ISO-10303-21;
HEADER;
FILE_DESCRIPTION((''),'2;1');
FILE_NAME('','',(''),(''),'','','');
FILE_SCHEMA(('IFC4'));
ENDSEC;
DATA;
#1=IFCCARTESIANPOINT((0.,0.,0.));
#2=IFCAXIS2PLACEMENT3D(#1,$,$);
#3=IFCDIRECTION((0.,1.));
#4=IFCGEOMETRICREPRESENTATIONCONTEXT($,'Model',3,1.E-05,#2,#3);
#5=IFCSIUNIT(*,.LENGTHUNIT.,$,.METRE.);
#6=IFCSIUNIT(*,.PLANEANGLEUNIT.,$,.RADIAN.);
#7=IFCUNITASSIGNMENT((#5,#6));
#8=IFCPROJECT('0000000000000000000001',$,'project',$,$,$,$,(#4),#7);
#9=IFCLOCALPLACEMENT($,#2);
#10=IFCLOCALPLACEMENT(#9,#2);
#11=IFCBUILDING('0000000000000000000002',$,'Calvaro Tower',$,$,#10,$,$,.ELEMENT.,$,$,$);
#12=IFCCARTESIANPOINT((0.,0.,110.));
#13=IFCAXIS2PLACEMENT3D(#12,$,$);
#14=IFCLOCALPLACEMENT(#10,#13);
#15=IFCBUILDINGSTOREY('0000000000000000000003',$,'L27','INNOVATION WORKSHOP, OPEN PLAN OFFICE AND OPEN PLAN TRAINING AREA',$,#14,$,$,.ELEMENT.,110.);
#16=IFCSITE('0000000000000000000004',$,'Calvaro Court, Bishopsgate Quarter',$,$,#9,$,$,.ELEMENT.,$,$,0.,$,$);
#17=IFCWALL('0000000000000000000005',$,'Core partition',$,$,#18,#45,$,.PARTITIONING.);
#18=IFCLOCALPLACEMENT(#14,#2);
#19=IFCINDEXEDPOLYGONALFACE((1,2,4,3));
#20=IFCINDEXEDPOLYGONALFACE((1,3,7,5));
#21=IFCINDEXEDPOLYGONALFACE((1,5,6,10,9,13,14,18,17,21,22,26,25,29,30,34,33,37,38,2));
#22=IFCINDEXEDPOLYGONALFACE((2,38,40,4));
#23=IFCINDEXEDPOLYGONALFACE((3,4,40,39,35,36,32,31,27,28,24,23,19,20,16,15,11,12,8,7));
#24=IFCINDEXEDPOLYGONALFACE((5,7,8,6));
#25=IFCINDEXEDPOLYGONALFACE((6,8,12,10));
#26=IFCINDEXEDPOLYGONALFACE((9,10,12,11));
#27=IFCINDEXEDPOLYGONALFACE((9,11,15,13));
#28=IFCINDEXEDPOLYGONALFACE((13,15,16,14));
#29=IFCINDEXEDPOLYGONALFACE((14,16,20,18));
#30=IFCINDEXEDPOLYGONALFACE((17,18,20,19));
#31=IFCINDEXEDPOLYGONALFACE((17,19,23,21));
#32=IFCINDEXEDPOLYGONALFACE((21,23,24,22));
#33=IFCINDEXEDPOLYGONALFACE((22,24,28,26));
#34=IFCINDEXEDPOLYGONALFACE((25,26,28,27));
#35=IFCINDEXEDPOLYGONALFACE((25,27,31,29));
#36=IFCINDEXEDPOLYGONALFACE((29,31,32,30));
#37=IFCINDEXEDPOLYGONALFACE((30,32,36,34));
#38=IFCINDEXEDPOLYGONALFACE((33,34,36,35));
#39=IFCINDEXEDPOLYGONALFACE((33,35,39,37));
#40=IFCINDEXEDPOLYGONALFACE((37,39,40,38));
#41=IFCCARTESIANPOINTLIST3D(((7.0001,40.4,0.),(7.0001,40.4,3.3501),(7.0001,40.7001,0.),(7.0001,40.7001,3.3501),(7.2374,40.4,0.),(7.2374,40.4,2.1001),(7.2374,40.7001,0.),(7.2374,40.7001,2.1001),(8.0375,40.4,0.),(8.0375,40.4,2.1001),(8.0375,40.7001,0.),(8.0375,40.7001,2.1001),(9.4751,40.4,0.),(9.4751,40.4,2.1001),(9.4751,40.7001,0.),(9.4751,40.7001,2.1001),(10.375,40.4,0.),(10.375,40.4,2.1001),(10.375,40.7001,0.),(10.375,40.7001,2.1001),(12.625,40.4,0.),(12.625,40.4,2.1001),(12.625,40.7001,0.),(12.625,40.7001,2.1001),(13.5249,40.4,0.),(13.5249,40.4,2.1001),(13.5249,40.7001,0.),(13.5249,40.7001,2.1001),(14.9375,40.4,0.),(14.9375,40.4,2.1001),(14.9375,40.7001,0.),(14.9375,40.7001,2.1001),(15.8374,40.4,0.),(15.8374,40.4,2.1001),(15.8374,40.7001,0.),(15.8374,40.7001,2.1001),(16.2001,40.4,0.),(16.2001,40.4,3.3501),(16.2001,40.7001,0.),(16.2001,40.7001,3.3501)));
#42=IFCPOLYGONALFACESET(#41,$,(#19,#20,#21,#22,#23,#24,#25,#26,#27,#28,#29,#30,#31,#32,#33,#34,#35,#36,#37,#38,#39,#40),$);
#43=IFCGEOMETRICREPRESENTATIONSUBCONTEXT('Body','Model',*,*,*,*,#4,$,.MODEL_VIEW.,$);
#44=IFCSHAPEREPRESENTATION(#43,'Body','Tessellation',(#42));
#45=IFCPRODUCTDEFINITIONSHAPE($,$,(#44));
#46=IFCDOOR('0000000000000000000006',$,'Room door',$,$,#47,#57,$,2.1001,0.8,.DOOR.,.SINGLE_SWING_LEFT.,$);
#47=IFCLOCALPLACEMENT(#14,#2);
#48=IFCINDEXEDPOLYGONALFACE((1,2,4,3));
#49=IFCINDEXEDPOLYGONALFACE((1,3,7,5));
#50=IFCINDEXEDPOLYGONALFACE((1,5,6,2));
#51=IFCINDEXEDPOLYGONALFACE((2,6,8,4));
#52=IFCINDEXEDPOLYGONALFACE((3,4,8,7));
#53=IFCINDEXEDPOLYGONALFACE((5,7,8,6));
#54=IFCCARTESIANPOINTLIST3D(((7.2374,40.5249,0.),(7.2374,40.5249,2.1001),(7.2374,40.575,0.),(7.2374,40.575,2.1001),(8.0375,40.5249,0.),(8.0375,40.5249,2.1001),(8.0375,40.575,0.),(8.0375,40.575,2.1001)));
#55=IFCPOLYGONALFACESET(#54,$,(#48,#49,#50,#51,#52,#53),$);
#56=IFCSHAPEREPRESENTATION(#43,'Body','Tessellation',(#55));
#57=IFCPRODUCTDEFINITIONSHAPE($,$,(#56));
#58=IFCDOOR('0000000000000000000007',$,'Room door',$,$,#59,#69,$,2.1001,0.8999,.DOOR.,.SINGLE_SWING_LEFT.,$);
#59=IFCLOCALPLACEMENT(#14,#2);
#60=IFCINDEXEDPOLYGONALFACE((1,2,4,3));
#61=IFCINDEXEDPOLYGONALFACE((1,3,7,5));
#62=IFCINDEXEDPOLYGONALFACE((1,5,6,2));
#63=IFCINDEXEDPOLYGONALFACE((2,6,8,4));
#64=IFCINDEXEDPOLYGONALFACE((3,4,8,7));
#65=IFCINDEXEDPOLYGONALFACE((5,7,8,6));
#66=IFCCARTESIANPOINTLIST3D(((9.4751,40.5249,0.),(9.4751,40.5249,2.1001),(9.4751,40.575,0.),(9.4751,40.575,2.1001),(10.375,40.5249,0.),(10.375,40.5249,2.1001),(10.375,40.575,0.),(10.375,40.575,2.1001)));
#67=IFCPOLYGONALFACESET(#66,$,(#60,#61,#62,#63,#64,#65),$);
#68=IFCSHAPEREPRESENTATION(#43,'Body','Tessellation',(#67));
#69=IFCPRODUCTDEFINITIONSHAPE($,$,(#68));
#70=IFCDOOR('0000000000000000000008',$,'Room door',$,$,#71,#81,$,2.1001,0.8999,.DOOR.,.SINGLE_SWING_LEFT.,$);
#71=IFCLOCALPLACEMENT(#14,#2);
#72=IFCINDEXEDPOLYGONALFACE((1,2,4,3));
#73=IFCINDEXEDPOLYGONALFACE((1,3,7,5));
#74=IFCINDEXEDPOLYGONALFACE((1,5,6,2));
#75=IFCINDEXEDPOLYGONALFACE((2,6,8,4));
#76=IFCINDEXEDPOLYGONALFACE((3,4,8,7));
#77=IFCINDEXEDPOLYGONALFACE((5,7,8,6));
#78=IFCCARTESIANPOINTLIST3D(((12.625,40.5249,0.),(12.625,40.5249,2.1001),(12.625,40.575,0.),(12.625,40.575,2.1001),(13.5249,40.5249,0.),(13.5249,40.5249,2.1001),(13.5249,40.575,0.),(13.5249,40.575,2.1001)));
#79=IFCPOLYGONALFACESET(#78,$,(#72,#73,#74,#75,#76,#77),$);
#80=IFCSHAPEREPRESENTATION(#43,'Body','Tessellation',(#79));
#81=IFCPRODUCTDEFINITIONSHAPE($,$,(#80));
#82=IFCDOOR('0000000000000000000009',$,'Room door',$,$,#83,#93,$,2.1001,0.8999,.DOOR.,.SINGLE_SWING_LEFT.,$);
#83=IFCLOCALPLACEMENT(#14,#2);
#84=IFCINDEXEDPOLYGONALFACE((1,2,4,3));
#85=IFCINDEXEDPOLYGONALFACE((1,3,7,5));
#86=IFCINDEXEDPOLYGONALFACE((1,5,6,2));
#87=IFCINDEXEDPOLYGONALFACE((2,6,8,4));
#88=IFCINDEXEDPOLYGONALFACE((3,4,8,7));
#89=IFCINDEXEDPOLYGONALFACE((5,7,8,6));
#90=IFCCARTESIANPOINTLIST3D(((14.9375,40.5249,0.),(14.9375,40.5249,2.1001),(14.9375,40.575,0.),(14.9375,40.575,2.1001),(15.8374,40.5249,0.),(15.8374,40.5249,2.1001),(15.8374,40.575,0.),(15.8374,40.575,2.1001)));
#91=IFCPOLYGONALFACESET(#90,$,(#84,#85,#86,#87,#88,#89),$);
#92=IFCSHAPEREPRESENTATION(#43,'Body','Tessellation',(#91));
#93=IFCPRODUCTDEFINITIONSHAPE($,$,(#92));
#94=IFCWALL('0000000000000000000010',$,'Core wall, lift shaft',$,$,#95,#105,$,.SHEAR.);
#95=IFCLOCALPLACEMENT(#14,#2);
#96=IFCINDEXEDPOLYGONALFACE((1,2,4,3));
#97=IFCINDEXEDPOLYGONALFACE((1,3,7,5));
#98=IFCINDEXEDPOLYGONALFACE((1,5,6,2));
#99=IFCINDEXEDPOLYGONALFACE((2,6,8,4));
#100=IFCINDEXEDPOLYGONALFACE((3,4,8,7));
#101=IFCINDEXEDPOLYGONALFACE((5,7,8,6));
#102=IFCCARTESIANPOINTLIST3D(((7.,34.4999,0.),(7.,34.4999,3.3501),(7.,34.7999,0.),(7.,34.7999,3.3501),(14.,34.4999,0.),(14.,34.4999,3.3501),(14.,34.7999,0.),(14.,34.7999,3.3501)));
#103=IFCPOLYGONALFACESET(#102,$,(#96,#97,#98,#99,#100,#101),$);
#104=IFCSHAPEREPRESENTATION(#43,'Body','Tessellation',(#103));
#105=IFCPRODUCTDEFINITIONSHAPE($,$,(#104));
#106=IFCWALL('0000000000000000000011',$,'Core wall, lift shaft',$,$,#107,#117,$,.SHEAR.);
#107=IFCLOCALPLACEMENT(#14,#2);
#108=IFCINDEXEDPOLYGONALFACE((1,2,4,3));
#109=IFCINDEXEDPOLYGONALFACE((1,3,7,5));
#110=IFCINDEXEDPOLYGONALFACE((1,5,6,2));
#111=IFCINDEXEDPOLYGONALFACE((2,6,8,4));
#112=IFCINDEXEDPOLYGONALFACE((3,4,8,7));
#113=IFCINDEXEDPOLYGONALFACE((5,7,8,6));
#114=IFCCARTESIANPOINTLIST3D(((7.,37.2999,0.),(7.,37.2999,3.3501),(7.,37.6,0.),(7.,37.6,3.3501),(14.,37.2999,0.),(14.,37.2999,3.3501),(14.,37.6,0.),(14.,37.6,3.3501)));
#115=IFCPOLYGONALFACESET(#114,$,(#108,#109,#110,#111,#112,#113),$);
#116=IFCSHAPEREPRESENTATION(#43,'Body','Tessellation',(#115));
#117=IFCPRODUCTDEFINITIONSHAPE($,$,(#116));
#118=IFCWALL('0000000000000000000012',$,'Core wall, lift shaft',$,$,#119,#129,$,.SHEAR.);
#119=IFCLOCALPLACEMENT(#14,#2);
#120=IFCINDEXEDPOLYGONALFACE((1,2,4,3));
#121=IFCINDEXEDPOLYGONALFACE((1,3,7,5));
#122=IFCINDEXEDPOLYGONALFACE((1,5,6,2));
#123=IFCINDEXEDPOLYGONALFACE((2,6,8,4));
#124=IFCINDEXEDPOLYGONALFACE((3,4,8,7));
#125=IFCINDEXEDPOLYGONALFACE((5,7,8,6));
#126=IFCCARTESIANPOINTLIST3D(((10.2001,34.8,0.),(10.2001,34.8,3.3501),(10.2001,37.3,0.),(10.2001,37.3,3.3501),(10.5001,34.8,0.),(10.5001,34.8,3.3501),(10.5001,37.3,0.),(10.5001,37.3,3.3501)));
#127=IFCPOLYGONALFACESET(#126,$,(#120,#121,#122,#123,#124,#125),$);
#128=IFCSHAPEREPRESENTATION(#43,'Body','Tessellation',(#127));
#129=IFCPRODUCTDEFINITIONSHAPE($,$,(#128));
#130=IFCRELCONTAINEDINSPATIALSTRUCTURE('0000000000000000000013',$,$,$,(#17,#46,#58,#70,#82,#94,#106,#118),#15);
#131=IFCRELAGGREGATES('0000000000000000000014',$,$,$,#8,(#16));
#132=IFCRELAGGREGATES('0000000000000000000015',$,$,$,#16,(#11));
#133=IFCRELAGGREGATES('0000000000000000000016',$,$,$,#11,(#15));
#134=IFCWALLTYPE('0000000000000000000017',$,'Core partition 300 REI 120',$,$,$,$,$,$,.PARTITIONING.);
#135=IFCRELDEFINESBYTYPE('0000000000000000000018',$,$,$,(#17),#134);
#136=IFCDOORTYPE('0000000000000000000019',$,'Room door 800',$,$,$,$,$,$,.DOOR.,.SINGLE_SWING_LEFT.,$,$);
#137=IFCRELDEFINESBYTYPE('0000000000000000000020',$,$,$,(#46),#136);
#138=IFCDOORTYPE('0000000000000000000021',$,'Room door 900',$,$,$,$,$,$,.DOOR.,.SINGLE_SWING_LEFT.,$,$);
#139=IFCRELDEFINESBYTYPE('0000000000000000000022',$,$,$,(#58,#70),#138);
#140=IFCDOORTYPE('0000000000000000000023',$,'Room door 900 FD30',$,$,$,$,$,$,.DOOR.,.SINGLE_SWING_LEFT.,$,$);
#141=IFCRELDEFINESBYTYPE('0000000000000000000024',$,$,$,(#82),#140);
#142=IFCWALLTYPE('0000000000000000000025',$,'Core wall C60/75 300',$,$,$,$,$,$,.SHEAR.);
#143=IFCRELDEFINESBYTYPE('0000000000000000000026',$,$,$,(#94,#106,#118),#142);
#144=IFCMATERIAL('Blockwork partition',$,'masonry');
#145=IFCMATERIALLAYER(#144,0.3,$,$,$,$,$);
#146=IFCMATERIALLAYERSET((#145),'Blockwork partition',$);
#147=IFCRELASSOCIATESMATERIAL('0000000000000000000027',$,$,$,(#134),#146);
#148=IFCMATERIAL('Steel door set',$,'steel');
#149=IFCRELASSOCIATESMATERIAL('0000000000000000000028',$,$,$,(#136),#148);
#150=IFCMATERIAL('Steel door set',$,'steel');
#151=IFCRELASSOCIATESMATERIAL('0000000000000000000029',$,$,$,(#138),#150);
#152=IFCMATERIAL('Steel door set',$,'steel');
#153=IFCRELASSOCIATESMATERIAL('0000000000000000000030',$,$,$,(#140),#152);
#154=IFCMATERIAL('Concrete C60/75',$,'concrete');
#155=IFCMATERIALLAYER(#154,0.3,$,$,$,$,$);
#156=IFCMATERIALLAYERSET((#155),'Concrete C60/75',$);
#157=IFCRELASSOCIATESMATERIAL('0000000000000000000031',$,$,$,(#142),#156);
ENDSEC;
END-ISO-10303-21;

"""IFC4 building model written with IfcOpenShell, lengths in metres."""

from ifc_helpers import new_model, si_unit, direction, frame, frame_2d, origin, place, context, subcontext, project, spatial, rectangle, extrude, material, layer, layer_set, type_object, element, fill, save


model = new_model("IFC4")

# Units and contexts
model_context = context("Model", 3, precision=1e-05, world=origin(), true_north=direction((0.0, 1.0)))
body_context = subcontext(model_context, "Body", "Model", "MODEL_VIEW")
ifc_project = project(units=[si_unit("LENGTHUNIT", "METRE"), si_unit("PLANEANGLEUNIT", "RADIAN")], contexts=[model_context])

# Site, building, storey
site_placement = place(None, origin())
site = spatial("IfcSite", under=ifc_project, at=site_placement, Name="Calvaro Court, Bishopsgate Quarter", CompositionType="ELEMENT", RefElevation=0.0)
building_placement = place(site_placement, origin())
building = spatial("IfcBuilding", under=site, at=building_placement, Name="Calvaro Tower", CompositionType="ELEMENT")
storey_placement = place(building_placement, frame((0.0, 0.0, 110.0)))
storey = spatial("IfcBuildingStorey", under=building, at=storey_placement, Name="L27", Description="INNOVATION WORKSHOP, OPEN PLAN OFFICE AND OPEN PLAN TRAINING AREA", CompositionType="ELEMENT", Elevation=110.0)

# Wall, openings, doors
ifc_material_1 = material(Name="Blockwork partition", Category="masonry")
ifc_layer_1 = layer(ifc_material_1, 0.3)
ifc_layer_set_1 = layer_set([ifc_layer_1], Name="Blockwork partition")
wall_type_1 = type_object("IfcWallType", Name="Core partition 300 REI 120", PredefinedType="PARTITIONING", material=ifc_layer_set_1)
wall_1_placement = place(storey_placement, frame((7.0, 40.55, 0.0), z_axis=(0.0, 0.0, 1.0), x_axis=(1.0, 0.0, 0.0)))
wall_1 = element("IfcWall", 1, at=wall_1_placement, inside=storey, type_object=wall_type_1, Name="Core partition", PredefinedType="PARTITIONING", context=body_context, shape_type="SweptSolid", body=[
    extrude(rectangle(XDim=9.2, YDim=0.3, at=frame_2d((4.6001, 0.0))), origin(), (0.0, 0.0, 1.0), 3.3501),
])
opening_1_placement = place(wall_1_placement, frame((0.2375, 0.0, 0.0)))
opening_1 = element("IfcOpeningElement", 2, at=opening_1_placement, cuts=wall_1, PredefinedType="OPENING", context=body_context, shape_type="SweptSolid", body=[
    extrude(rectangle(XDim=0.8, YDim=2.1001, at=frame_2d((0.3999, 1.05))), frame((0.0, 0.1599, 0.0), z_axis=(0.0, -1.0, 0.0), x_axis=(1.0, 0.0, 0.0)), (0.0, 0.0, 1.0), 0.3201),
])
opening_2_placement = place(wall_1_placement, frame((2.4751, 0.0, 0.0)))
opening_2 = element("IfcOpeningElement", 3, at=opening_2_placement, cuts=wall_1, PredefinedType="OPENING", context=body_context, shape_type="SweptSolid", body=[
    extrude(rectangle(XDim=0.8999, YDim=2.1001, at=frame_2d((0.45, 1.05))), frame((0.0, 0.1599, 0.0), z_axis=(0.0, -1.0, 0.0), x_axis=(1.0, 0.0, 0.0)), (0.0, 0.0, 1.0), 0.3201),
])
opening_3_placement = place(wall_1_placement, frame((5.625, 0.0, 0.0)))
opening_3 = element("IfcOpeningElement", 4, at=opening_3_placement, cuts=wall_1, PredefinedType="OPENING", context=body_context, shape_type="SweptSolid", body=[
    extrude(rectangle(XDim=0.8999, YDim=2.1001, at=frame_2d((0.45, 1.05))), frame((0.0, 0.1599, 0.0), z_axis=(0.0, -1.0, 0.0), x_axis=(1.0, 0.0, 0.0)), (0.0, 0.0, 1.0), 0.3201),
])
opening_4_placement = place(wall_1_placement, frame((7.9375, 0.0, 0.0)))
opening_4 = element("IfcOpeningElement", 5, at=opening_4_placement, cuts=wall_1, PredefinedType="OPENING", context=body_context, shape_type="SweptSolid", body=[
    extrude(rectangle(XDim=0.8999, YDim=2.1001, at=frame_2d((0.45, 1.05))), frame((0.0, 0.1599, 0.0), z_axis=(0.0, -1.0, 0.0), x_axis=(1.0, 0.0, 0.0)), (0.0, 0.0, 1.0), 0.3201),
])
ifc_material_2 = material(Name="Steel door set", Category="steel")
door_type_1 = type_object("IfcDoorType", Name="Room door 800", OperationType="SINGLE_SWING_LEFT", PredefinedType="DOOR", material=ifc_material_2)
door_1_placement = place(opening_1_placement, origin())
door_1 = element("IfcDoor", 6, at=door_1_placement, inside=storey, type_object=door_type_1, Name="Room door", OperationType="SINGLE_SWING_LEFT", OverallHeight=2.1001, OverallWidth=0.8, PredefinedType="DOOR", context=body_context, shape_type="SweptSolid", body=[
    extrude(rectangle(XDim=0.8, YDim=2.1001, at=frame_2d((0.3999, 1.05))), frame((0.0, 0.0249, 0.0), z_axis=(0.0, -1.0, 0.0), x_axis=(1.0, 0.0, 0.0)), (0.0, 0.0, 1.0), 0.05),
])
fill(opening_1, door_1)
ifc_material_3 = material(Name="Steel door set", Category="steel")
door_type_2 = type_object("IfcDoorType", Name="Room door 900", OperationType="SINGLE_SWING_LEFT", PredefinedType="DOOR", material=ifc_material_3)
door_2_placement = place(opening_2_placement, origin())
door_2 = element("IfcDoor", 7, at=door_2_placement, inside=storey, type_object=door_type_2, Name="Room door", OperationType="SINGLE_SWING_LEFT", OverallHeight=2.1001, OverallWidth=0.8999, PredefinedType="DOOR", context=body_context, shape_type="SweptSolid", body=[
    extrude(rectangle(XDim=0.8999, YDim=2.1001, at=frame_2d((0.45, 1.05))), frame((0.0, 0.0249, 0.0), z_axis=(0.0, -1.0, 0.0), x_axis=(1.0, 0.0, 0.0)), (0.0, 0.0, 1.0), 0.05),
])
fill(opening_2, door_2)
door_3_placement = place(opening_3_placement, origin())
door_3 = element("IfcDoor", 8, at=door_3_placement, inside=storey, type_object=door_type_2, Name="Room door", OperationType="SINGLE_SWING_LEFT", OverallHeight=2.1001, OverallWidth=0.8999, PredefinedType="DOOR", context=body_context, shape_type="SweptSolid", body=[
    extrude(rectangle(XDim=0.8999, YDim=2.1001, at=frame_2d((0.45, 1.05))), frame((0.0, 0.0249, 0.0), z_axis=(0.0, -1.0, 0.0), x_axis=(1.0, 0.0, 0.0)), (0.0, 0.0, 1.0), 0.05),
])
fill(opening_3, door_3)
ifc_material_4 = material(Name="Steel door set", Category="steel")
door_type_3 = type_object("IfcDoorType", Name="Room door 900 FD30", OperationType="SINGLE_SWING_LEFT", PredefinedType="DOOR", material=ifc_material_4)
door_4_placement = place(opening_4_placement, origin())
door_4 = element("IfcDoor", 9, at=door_4_placement, inside=storey, type_object=door_type_3, Name="Room door", OperationType="SINGLE_SWING_LEFT", OverallHeight=2.1001, OverallWidth=0.8999, PredefinedType="DOOR", context=body_context, shape_type="SweptSolid", body=[
    extrude(rectangle(XDim=0.8999, YDim=2.1001, at=frame_2d((0.45, 1.05))), frame((0.0, 0.0249, 0.0), z_axis=(0.0, -1.0, 0.0), x_axis=(1.0, 0.0, 0.0)), (0.0, 0.0, 1.0), 0.05),
])
fill(opening_4, door_4)

# Walls
ifc_material_5 = material(Name="Concrete C60/75", Category="concrete")
ifc_layer_2 = layer(ifc_material_5, 0.3)
ifc_layer_set_2 = layer_set([ifc_layer_2], Name="Concrete C60/75")
wall_type_2 = type_object("IfcWallType", Name="Core wall C60/75 300", PredefinedType="SHEAR", material=ifc_layer_set_2)
for number, where, z_axis, x_axis, name in (
    (10, (7.0, 34.6499, 0.0), (0.0, 0.0, 1.0), (1.0, 0.0, 0.0), "Core wall, lift shaft"),
    (11, (7.0, 37.45, 0.0), (0.0, 0.0, 1.0), (1.0, 0.0, 0.0), "Core wall, lift shaft"),
):
    element("IfcWall", number, at=place(storey_placement, frame(where, z_axis=z_axis, x_axis=x_axis)), inside=storey, type_object=wall_type_2, Name=name, PredefinedType="SHEAR", context=body_context, shape_type="SweptSolid", body=[
        extrude(rectangle(XDim=7.0, YDim=0.3, at=frame_2d((3.5, 0.0))), origin(), (0.0, 0.0, 1.0), 3.3501),
    ])
wall_2_placement = place(storey_placement, frame((10.3501, 34.8, 0.0), z_axis=(0.0, 0.0, 1.0), x_axis=(0.0, 1.0, 0.0)))
element("IfcWall", 12, at=wall_2_placement, inside=storey, type_object=wall_type_2, Name="Core wall, lift shaft", PredefinedType="SHEAR", context=body_context, shape_type="SweptSolid", body=[
    extrude(rectangle(XDim=2.5, YDim=0.3, at=frame_2d((1.25, 0.0))), origin(), (0.0, 0.0, 1.0), 3.3501),
])

save(model, "model.ifc")
